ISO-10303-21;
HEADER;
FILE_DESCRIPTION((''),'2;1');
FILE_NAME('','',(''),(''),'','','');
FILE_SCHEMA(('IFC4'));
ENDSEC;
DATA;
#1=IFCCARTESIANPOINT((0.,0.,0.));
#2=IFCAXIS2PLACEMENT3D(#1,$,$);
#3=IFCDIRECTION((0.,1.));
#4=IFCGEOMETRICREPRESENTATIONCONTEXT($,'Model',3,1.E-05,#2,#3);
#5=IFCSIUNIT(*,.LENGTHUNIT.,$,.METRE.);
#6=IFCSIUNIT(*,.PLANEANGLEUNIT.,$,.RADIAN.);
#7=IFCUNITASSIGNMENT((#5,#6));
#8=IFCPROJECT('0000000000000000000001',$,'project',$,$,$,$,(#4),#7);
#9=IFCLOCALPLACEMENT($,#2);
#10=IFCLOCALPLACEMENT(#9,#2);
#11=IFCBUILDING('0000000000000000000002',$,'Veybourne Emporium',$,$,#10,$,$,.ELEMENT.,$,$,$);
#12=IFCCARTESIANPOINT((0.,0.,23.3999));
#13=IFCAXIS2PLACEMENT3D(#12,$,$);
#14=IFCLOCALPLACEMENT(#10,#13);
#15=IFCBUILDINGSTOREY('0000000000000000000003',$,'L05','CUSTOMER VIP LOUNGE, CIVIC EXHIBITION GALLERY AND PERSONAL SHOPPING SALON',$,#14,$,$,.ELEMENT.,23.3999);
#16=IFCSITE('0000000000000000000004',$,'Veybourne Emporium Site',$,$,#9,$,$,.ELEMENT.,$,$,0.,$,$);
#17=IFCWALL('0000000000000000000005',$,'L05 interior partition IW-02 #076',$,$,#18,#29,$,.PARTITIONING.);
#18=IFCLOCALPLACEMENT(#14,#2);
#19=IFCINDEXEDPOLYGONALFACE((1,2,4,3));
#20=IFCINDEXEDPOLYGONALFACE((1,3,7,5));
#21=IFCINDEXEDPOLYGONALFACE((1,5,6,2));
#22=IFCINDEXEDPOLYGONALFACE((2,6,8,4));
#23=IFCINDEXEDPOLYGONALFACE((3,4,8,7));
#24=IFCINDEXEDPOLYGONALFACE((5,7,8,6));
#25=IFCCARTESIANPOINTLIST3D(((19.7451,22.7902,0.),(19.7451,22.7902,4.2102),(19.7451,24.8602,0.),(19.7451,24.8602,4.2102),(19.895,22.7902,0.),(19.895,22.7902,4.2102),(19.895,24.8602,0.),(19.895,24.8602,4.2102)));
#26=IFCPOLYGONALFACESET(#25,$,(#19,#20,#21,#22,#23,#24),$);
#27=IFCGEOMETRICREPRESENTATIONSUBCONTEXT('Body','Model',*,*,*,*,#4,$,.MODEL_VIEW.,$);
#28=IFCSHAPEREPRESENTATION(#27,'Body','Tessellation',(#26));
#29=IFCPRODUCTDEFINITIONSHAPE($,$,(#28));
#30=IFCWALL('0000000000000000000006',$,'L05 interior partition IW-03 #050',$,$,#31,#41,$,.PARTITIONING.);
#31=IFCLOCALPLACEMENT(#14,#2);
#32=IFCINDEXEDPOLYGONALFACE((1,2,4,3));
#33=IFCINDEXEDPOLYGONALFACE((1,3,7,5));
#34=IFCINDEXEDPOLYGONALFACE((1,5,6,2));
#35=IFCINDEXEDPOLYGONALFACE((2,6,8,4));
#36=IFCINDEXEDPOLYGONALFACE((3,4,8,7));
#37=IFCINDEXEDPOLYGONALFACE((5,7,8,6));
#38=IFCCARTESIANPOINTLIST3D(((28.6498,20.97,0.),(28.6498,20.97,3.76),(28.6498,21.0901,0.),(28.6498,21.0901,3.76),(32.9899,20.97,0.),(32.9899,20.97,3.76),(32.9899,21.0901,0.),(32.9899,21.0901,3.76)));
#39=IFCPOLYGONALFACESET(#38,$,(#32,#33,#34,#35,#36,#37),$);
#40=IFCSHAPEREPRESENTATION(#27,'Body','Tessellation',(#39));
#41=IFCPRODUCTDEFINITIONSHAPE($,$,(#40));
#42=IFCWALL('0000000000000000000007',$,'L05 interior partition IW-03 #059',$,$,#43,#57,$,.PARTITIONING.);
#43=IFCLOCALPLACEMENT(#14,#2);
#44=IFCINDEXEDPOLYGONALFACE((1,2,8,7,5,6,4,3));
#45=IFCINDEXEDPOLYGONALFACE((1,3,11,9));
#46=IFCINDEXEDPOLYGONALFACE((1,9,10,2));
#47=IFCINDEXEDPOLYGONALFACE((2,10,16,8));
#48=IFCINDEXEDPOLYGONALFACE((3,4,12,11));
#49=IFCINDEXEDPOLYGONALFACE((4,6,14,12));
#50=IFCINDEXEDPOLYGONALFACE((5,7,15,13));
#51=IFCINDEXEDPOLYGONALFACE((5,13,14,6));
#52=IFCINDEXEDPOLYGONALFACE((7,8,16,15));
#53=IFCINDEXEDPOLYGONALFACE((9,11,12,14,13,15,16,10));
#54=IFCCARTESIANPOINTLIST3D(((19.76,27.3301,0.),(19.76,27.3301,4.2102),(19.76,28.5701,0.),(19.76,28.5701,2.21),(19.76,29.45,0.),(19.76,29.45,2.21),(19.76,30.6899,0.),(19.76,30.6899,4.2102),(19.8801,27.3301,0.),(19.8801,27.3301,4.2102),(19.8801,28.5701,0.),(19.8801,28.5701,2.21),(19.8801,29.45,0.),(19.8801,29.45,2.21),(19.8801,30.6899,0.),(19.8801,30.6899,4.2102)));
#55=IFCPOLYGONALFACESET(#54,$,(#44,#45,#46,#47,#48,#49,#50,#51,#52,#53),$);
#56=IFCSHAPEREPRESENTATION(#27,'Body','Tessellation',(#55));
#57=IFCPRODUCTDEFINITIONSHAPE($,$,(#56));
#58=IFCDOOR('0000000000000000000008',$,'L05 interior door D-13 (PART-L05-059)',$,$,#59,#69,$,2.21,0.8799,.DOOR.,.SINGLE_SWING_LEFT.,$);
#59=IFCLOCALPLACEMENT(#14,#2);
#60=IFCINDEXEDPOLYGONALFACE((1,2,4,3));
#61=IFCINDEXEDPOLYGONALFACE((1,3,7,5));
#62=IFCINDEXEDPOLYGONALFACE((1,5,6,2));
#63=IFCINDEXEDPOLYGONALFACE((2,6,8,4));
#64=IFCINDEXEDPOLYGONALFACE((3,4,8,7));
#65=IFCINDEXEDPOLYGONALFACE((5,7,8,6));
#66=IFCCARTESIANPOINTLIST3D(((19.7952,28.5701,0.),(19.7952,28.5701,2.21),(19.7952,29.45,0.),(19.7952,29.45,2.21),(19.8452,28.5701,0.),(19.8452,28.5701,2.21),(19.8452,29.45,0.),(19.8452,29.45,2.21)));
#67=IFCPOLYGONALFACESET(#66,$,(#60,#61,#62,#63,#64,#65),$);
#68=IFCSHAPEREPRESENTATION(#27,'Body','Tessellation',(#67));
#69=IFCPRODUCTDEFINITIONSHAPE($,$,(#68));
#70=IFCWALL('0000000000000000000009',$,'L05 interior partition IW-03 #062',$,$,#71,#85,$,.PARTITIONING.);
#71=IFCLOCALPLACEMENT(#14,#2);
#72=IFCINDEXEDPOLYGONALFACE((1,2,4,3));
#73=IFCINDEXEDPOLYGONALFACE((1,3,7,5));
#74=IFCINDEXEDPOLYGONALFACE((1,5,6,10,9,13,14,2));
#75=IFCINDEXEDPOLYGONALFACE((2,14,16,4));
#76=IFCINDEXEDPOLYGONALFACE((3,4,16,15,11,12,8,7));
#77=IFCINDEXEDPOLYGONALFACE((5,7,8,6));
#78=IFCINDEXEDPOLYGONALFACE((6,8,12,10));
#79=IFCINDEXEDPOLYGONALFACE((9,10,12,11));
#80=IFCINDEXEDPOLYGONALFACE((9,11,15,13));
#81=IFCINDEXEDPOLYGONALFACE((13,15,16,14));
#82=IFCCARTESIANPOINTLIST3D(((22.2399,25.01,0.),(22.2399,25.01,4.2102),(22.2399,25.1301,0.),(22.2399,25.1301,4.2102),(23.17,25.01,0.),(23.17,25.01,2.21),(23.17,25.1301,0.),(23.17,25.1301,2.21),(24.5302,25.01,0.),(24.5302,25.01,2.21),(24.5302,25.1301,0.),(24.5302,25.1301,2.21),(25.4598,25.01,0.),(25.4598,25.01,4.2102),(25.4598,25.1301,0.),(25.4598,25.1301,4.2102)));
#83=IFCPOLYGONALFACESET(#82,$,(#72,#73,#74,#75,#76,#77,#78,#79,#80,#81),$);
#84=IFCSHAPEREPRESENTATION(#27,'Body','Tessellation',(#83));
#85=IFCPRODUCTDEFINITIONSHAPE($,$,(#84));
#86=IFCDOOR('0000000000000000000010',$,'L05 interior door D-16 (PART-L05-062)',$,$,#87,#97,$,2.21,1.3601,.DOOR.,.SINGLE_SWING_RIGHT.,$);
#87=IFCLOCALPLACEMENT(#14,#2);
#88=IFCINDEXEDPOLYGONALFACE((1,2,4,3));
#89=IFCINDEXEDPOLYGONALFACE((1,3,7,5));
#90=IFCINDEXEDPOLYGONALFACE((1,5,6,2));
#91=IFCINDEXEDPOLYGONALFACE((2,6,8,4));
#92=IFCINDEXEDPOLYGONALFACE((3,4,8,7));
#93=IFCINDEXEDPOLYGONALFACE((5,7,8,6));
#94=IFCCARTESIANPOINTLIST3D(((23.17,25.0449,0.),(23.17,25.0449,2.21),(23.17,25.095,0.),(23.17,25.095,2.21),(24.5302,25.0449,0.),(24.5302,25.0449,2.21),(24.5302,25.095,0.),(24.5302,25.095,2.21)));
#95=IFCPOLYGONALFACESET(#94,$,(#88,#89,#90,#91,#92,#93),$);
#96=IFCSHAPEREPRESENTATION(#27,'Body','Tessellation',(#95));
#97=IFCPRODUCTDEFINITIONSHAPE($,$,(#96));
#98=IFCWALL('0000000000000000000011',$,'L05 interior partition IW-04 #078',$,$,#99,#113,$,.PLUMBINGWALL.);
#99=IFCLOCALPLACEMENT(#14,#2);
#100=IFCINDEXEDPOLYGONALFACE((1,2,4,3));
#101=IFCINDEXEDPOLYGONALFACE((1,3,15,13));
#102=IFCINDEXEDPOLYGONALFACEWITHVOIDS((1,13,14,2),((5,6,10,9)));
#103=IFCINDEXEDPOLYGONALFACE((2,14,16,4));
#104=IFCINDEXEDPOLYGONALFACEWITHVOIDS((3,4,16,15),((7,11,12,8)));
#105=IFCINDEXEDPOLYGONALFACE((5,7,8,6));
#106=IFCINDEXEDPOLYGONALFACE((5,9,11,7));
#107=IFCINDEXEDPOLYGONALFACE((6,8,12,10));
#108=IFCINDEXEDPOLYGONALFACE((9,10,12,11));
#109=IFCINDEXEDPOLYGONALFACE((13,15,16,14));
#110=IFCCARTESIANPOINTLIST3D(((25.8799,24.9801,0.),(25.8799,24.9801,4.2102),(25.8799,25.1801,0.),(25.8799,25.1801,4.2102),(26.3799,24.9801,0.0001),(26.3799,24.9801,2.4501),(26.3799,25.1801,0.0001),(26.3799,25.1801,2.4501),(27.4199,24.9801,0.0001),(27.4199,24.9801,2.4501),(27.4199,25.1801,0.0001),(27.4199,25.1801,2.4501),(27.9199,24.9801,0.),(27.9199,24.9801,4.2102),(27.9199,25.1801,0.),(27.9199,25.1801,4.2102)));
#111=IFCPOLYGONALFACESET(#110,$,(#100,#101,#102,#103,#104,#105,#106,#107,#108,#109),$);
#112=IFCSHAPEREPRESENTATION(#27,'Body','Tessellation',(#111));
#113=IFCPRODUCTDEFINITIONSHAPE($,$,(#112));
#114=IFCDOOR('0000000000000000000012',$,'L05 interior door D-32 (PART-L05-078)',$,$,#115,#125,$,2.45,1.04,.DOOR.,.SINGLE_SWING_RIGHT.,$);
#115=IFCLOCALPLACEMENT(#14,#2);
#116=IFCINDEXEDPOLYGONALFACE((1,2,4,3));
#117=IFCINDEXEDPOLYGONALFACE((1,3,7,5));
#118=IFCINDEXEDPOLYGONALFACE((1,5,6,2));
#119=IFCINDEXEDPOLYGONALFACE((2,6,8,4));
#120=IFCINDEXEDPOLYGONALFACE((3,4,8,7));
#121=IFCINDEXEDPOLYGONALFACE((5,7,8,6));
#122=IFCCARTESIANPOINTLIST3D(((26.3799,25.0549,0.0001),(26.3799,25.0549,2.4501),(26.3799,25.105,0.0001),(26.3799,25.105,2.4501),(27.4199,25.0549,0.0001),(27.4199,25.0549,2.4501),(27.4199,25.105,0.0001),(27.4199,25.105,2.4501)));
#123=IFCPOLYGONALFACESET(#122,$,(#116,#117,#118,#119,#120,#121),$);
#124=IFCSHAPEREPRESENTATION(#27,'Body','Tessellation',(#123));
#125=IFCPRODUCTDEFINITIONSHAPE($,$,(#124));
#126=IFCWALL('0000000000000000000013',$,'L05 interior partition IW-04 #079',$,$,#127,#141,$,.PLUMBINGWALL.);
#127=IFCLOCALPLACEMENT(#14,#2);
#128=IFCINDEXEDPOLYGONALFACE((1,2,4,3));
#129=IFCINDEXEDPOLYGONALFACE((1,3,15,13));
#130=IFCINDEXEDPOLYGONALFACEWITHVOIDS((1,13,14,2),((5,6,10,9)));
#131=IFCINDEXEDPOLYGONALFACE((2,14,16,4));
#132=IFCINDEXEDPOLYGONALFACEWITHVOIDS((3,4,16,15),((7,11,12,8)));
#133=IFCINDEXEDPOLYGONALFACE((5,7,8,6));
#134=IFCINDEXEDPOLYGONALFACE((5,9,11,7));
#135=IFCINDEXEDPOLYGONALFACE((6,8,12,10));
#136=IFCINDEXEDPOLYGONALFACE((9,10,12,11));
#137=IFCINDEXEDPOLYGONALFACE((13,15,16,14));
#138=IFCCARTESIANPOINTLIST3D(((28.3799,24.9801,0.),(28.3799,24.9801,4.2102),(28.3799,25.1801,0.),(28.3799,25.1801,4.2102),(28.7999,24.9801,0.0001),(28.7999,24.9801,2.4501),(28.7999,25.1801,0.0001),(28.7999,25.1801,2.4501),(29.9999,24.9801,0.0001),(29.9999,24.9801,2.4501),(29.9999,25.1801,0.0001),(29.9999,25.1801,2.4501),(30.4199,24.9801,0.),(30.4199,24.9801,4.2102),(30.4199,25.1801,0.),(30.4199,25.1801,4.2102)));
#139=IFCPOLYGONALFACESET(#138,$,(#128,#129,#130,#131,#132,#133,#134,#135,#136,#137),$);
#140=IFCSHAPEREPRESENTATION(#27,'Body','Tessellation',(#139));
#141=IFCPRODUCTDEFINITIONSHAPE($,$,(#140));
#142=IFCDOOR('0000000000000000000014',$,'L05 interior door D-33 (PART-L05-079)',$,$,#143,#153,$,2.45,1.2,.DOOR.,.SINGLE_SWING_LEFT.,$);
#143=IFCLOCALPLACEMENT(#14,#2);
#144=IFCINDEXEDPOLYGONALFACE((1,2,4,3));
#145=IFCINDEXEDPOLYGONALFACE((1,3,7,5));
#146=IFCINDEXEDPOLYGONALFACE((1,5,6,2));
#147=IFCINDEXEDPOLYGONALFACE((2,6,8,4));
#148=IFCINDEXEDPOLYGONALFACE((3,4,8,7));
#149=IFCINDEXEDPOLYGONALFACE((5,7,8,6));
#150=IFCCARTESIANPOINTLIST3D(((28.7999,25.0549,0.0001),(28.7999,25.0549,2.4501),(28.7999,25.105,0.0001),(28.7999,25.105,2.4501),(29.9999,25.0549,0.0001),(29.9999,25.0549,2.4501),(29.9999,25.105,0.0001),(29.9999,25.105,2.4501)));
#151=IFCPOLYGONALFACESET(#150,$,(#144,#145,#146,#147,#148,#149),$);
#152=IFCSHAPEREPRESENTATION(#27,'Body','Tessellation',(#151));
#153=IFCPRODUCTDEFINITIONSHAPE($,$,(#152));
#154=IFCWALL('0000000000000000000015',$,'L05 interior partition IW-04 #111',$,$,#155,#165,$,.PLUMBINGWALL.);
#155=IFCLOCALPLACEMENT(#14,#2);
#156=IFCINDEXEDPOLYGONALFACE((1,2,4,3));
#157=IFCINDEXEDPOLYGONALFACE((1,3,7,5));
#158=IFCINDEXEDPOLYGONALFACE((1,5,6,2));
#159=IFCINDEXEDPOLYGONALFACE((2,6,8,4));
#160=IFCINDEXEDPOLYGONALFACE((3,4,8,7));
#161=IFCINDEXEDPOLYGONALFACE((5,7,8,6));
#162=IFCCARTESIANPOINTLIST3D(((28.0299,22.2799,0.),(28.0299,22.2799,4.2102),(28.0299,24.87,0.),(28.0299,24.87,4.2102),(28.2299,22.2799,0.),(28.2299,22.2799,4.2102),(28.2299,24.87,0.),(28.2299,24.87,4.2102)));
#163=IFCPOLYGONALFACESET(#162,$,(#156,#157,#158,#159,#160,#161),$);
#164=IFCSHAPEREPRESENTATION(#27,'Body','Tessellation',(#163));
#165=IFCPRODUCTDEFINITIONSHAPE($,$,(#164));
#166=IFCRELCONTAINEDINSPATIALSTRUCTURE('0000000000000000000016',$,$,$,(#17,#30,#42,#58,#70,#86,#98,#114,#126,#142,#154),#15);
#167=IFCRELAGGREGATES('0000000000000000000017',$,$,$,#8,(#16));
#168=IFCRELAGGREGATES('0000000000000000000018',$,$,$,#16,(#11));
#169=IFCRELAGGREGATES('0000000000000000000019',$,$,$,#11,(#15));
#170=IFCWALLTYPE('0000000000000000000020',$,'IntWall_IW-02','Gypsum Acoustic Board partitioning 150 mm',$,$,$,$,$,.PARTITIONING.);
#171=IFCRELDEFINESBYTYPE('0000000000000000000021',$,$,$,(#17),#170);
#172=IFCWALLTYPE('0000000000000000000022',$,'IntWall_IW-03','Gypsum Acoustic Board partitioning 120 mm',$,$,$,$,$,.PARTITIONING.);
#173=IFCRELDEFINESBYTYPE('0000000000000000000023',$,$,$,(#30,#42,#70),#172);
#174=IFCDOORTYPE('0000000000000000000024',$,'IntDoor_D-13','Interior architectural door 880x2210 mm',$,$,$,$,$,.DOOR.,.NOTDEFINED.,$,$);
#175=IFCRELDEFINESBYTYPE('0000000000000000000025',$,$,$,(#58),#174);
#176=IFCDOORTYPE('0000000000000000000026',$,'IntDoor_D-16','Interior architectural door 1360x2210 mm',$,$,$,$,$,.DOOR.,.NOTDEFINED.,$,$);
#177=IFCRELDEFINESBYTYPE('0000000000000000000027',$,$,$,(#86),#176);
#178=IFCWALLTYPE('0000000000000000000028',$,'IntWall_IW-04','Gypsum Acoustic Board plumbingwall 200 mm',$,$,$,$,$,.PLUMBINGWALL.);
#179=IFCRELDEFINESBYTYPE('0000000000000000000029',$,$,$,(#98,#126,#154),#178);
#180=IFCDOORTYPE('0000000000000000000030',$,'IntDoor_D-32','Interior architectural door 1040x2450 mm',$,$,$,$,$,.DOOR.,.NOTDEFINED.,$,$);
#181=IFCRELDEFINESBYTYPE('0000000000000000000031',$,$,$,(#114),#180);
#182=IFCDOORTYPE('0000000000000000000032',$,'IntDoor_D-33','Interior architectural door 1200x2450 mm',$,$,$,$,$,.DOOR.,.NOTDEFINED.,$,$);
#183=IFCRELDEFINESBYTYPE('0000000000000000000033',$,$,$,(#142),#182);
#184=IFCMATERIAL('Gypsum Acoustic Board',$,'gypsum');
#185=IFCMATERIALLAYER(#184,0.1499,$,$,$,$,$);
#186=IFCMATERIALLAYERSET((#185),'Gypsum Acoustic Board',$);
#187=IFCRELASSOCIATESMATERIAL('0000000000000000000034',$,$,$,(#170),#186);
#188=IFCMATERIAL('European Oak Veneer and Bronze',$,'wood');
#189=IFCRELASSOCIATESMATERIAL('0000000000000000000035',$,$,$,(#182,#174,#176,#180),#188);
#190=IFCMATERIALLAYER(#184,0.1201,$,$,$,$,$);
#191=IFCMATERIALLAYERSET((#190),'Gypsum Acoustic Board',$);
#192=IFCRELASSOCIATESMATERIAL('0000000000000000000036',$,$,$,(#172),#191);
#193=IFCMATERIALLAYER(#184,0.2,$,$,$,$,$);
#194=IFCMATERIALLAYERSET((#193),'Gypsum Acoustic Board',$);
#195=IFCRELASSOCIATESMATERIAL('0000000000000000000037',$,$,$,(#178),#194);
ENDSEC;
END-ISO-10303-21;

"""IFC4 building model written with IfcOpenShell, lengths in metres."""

from ifc_helpers import new_model, si_unit, direction, frame, frame_2d, origin, place, context, subcontext, project, spatial, rectangle, extrude, material, layer, layer_set, type_object, element, fill, save


model = new_model("IFC4")

# Units and contexts
model_context = context("Model", 3, precision=1e-05, world=origin(), true_north=direction((0.0, 1.0)))
body_context = subcontext(model_context, "Body", "Model", "MODEL_VIEW")
ifc_project = project(units=[si_unit("LENGTHUNIT", "METRE"), si_unit("PLANEANGLEUNIT", "RADIAN")], contexts=[model_context])

# Site, building, storey
site_placement = place(None, origin())
site = spatial("IfcSite", under=ifc_project, at=site_placement, Name="Veybourne Emporium Site", CompositionType="ELEMENT", RefElevation=0.0)
building_placement = place(site_placement, origin())
building = spatial("IfcBuilding", under=site, at=building_placement, Name="Veybourne Emporium", CompositionType="ELEMENT")
storey_placement = place(building_placement, frame((0.0, 0.0, 23.3999)))
storey = spatial("IfcBuildingStorey", under=building, at=storey_placement, Name="L05", Description="CUSTOMER VIP LOUNGE, CIVIC EXHIBITION GALLERY AND PERSONAL SHOPPING SALON", CompositionType="ELEMENT", Elevation=23.3999)

# Shared definitions
ifc_material_1 = material(Name="Gypsum Acoustic Board", Category="gypsum")

# Shared definitions
ifc_layer_1 = layer(ifc_material_1, 0.1499)
ifc_layer_set_1 = layer_set([ifc_layer_1], Name="Gypsum Acoustic Board")
wall_type_1 = type_object("IfcWallType", Name="IntWall_IW-02", Description="Gypsum Acoustic Board partitioning 150 mm", PredefinedType="PARTITIONING", material=ifc_layer_set_1)
ifc_material_2 = material(Name="European Oak Veneer and Bronze", Category="wood")
door_type_1 = type_object("IfcDoorType", Name="IntDoor_D-33", Description="Interior architectural door 1200x2450 mm", OperationType="NOTDEFINED", PredefinedType="DOOR", material=ifc_material_2)

# Walls
wall_1_placement = place(storey_placement, frame((19.8201, 22.79, 0.0), z_axis=(0.0, 0.0, 1.0), x_axis=(0.0, 1.0, 0.0)))
element("IfcWall", 1, at=wall_1_placement, inside=storey, type_object=wall_type_1, Name="L05 interior partition IW-02 #076", PredefinedType="PARTITIONING", context=body_context, shape_type="SweptSolid", body=[
    extrude(rectangle(XDim=2.0701, YDim=0.1499, at=frame_2d((1.0352, 0.0))), origin(), (0.0, 0.0, 1.0), 4.2102),
])
ifc_layer_2 = layer(ifc_material_1, 0.1201)
ifc_layer_set_2 = layer_set([ifc_layer_2], Name="Gypsum Acoustic Board")
wall_type_2 = type_object("IfcWallType", Name="IntWall_IW-03", Description="Gypsum Acoustic Board partitioning 120 mm", PredefinedType="PARTITIONING", material=ifc_layer_set_2)
wall_2_placement = place(storey_placement, frame((28.6499, 21.03, 0.0), z_axis=(0.0, 0.0, 1.0), x_axis=(1.0, 0.0, 0.0)))
element("IfcWall", 2, at=wall_2_placement, inside=storey, type_object=wall_type_2, Name="L05 interior partition IW-03 #050", PredefinedType="PARTITIONING", context=body_context, shape_type="SweptSolid", body=[
    extrude(rectangle(XDim=4.3401, YDim=0.1201, at=frame_2d((2.1699, 0.0))), origin(), (0.0, 0.0, 1.0), 3.76),
])

# Walls, openings, doors
wall_3_placement = place(storey_placement, frame((19.8201, 27.3301, 0.0), z_axis=(0.0, 0.0, 1.0), x_axis=(0.0, 1.0, 0.0)))
wall_3 = element("IfcWall", 3, at=wall_3_placement, inside=storey, type_object=wall_type_2, Name="L05 interior partition IW-03 #059", PredefinedType="PARTITIONING", context=body_context, shape_type="SweptSolid", body=[
    extrude(rectangle(XDim=3.3599, YDim=0.1201, at=frame_2d((1.6799, 0.0))), origin(), (0.0, 0.0, 1.0), 4.2102),
])
opening_1_placement = place(wall_3_placement, frame((1.24, 0.0, 0.0)))
opening_1 = element("IfcOpeningElement", 4, at=opening_1_placement, cuts=wall_3, PredefinedType="OPENING", context=body_context, shape_type="SweptSolid", body=[
    extrude(rectangle(XDim=0.8799, YDim=2.21, at=frame_2d((0.4399, 1.105))), frame((0.0, 0.0801, 0.0), z_axis=(0.0, -1.0, 0.0), x_axis=(1.0, 0.0, 0.0)), (0.0, 0.0, 1.0), 0.1602),
])
door_type_2 = type_object("IfcDoorType", Name="IntDoor_D-13", Description="Interior architectural door 880x2210 mm", OperationType="NOTDEFINED", PredefinedType="DOOR", material=ifc_material_2)
door_1_placement = place(opening_1_placement, origin())
door_1 = element("IfcDoor", 5, at=door_1_placement, inside=storey, type_object=door_type_2, Name="L05 interior door D-13 (PART-L05-059)", OperationType="SINGLE_SWING_LEFT", OverallHeight=2.21, OverallWidth=0.8799, PredefinedType="DOOR", context=body_context, shape_type="SweptSolid", body=[
    extrude(rectangle(XDim=0.8799, YDim=2.21, at=frame_2d((0.4399, 1.105))), frame((0.0, 0.0249, 0.0), z_axis=(0.0, -1.0, 0.0), x_axis=(1.0, 0.0, 0.0)), (0.0, 0.0, 1.0), 0.05),
])
fill(opening_1, door_1)
wall_4_placement = place(storey_placement, frame((22.24, 25.0701, 0.0), z_axis=(0.0, 0.0, 1.0), x_axis=(1.0, 0.0, 0.0)))
wall_4 = element("IfcWall", 6, at=wall_4_placement, inside=storey, type_object=wall_type_2, Name="L05 interior partition IW-03 #062", PredefinedType="PARTITIONING", context=body_context, shape_type="SweptSolid", body=[
    extrude(rectangle(XDim=3.22, YDim=0.1201, at=frame_2d((1.6099, 0.0))), origin(), (0.0, 0.0, 1.0), 4.2102),
])
opening_2_placement = place(wall_4_placement, frame((0.9299, 0.0, 0.0)))
opening_2 = element("IfcOpeningElement", 7, at=opening_2_placement, cuts=wall_4, PredefinedType="OPENING", context=body_context, shape_type="SweptSolid", body=[
    extrude(rectangle(XDim=1.3601, YDim=2.21, at=frame_2d((0.6802, 1.105))), frame((0.0, 0.0801, 0.0), z_axis=(0.0, -1.0, 0.0), x_axis=(1.0, 0.0, 0.0)), (0.0, 0.0, 1.0), 0.1602),
])
door_type_3 = type_object("IfcDoorType", Name="IntDoor_D-16", Description="Interior architectural door 1360x2210 mm", OperationType="NOTDEFINED", PredefinedType="DOOR", material=ifc_material_2)
door_2_placement = place(opening_2_placement, origin())
door_2 = element("IfcDoor", 8, at=door_2_placement, inside=storey, type_object=door_type_3, Name="L05 interior door D-16 (PART-L05-062)", OperationType="SINGLE_SWING_RIGHT", OverallHeight=2.21, OverallWidth=1.3601, PredefinedType="DOOR", context=body_context, shape_type="SweptSolid", body=[
    extrude(rectangle(XDim=1.3601, YDim=2.21, at=frame_2d((0.6802, 1.105))), frame((0.0, 0.0249, 0.0), z_axis=(0.0, -1.0, 0.0), x_axis=(1.0, 0.0, 0.0)), (0.0, 0.0, 1.0), 0.05),
])
fill(opening_2, door_2)
ifc_layer_3 = layer(ifc_material_1, 0.2)
ifc_layer_set_3 = layer_set([ifc_layer_3], Name="Gypsum Acoustic Board")
wall_type_3 = type_object("IfcWallType", Name="IntWall_IW-04", Description="Gypsum Acoustic Board plumbingwall 200 mm", PredefinedType="PLUMBINGWALL", material=ifc_layer_set_3)
wall_5_placement = place(storey_placement, frame((25.8799, 25.0801, 0.0), z_axis=(0.0, 0.0, 1.0), x_axis=(1.0, 0.0, 0.0)))
wall_5 = element("IfcWall", 9, at=wall_5_placement, inside=storey, type_object=wall_type_3, Name="L05 interior partition IW-04 #078", PredefinedType="PLUMBINGWALL", context=body_context, shape_type="SweptSolid", body=[
    extrude(rectangle(XDim=2.04, YDim=0.2, at=frame_2d((1.02, 0.0))), origin(), (0.0, 0.0, 1.0), 4.2102),
])
opening_3_placement = place(wall_5_placement, frame((0.5, 0.0, 0.0)))
opening_3 = element("IfcOpeningElement", 10, at=opening_3_placement, cuts=wall_5, PredefinedType="OPENING", context=body_context, shape_type="SweptSolid", body=[
    extrude(rectangle(XDim=1.04, YDim=2.45, at=frame_2d((0.52, 1.2251))), frame((0.0, 0.1201, 0.0), z_axis=(0.0, -1.0, 0.0), x_axis=(1.0, 0.0, 0.0)), (0.0, 0.0, 1.0), 0.24),
])
door_type_4 = type_object("IfcDoorType", Name="IntDoor_D-32", Description="Interior architectural door 1040x2450 mm", OperationType="NOTDEFINED", PredefinedType="DOOR", material=ifc_material_2)
door_3_placement = place(opening_3_placement, origin())
door_3 = element("IfcDoor", 11, at=door_3_placement, inside=storey, type_object=door_type_4, Name="L05 interior door D-32 (PART-L05-078)", OperationType="SINGLE_SWING_RIGHT", OverallHeight=2.45, OverallWidth=1.04, PredefinedType="DOOR", context=body_context, shape_type="SweptSolid", body=[
    extrude(rectangle(XDim=1.04, YDim=2.45, at=frame_2d((0.52, 1.2251))), frame((0.0, 0.0249, 0.0), z_axis=(0.0, -1.0, 0.0), x_axis=(1.0, 0.0, 0.0)), (0.0, 0.0, 1.0), 0.05),
])
fill(opening_3, door_3)
wall_6_placement = place(storey_placement, frame((28.3799, 25.0801, 0.0), z_axis=(0.0, 0.0, 1.0), x_axis=(1.0, 0.0, 0.0)))
wall_6 = element("IfcWall", 12, at=wall_6_placement, inside=storey, type_object=wall_type_3, Name="L05 interior partition IW-04 #079", PredefinedType="PLUMBINGWALL", context=body_context, shape_type="SweptSolid", body=[
    extrude(rectangle(XDim=2.04, YDim=0.2, at=frame_2d((1.02, 0.0))), origin(), (0.0, 0.0, 1.0), 4.2102),
])
opening_4_placement = place(wall_6_placement, frame((0.4199, 0.0, 0.0)))
opening_4 = element("IfcOpeningElement", 13, at=opening_4_placement, cuts=wall_6, PredefinedType="OPENING", context=body_context, shape_type="SweptSolid", body=[
    extrude(rectangle(XDim=1.2, YDim=2.45, at=frame_2d((0.6001, 1.2251))), frame((0.0, 0.1201, 0.0), z_axis=(0.0, -1.0, 0.0), x_axis=(1.0, 0.0, 0.0)), (0.0, 0.0, 1.0), 0.24),
])
door_4_placement = place(opening_4_placement, origin())
door_4 = element("IfcDoor", 14, at=door_4_placement, inside=storey, type_object=door_type_1, Name="L05 interior door D-33 (PART-L05-079)", OperationType="SINGLE_SWING_LEFT", OverallHeight=2.45, OverallWidth=1.2, PredefinedType="DOOR", context=body_context, shape_type="SweptSolid", body=[
    extrude(rectangle(XDim=1.2, YDim=2.45, at=frame_2d((0.6001, 1.2251))), frame((0.0, 0.0249, 0.0), z_axis=(0.0, -1.0, 0.0), x_axis=(1.0, 0.0, 0.0)), (0.0, 0.0, 1.0), 0.05),
])
fill(opening_4, door_4)

# Wall
for number, where, z_axis, x_axis, name in (
    (15, (28.1299, 22.28, 0.0), (0.0, 0.0, 1.0), (0.0, 1.0, 0.0), "L05 interior partition IW-04 #111"),
):
    element("IfcWall", number, at=place(storey_placement, frame(where, z_axis=z_axis, x_axis=x_axis)), inside=storey, type_object=wall_type_3, Name=name, PredefinedType="PLUMBINGWALL", context=body_context, shape_type="SweptSolid", body=[
        extrude(rectangle(XDim=2.5901, YDim=0.2, at=frame_2d((1.2949, 0.0))), origin(), (0.0, 0.0, 1.0), 4.2102),
    ])

save(model, "model.ifc")
